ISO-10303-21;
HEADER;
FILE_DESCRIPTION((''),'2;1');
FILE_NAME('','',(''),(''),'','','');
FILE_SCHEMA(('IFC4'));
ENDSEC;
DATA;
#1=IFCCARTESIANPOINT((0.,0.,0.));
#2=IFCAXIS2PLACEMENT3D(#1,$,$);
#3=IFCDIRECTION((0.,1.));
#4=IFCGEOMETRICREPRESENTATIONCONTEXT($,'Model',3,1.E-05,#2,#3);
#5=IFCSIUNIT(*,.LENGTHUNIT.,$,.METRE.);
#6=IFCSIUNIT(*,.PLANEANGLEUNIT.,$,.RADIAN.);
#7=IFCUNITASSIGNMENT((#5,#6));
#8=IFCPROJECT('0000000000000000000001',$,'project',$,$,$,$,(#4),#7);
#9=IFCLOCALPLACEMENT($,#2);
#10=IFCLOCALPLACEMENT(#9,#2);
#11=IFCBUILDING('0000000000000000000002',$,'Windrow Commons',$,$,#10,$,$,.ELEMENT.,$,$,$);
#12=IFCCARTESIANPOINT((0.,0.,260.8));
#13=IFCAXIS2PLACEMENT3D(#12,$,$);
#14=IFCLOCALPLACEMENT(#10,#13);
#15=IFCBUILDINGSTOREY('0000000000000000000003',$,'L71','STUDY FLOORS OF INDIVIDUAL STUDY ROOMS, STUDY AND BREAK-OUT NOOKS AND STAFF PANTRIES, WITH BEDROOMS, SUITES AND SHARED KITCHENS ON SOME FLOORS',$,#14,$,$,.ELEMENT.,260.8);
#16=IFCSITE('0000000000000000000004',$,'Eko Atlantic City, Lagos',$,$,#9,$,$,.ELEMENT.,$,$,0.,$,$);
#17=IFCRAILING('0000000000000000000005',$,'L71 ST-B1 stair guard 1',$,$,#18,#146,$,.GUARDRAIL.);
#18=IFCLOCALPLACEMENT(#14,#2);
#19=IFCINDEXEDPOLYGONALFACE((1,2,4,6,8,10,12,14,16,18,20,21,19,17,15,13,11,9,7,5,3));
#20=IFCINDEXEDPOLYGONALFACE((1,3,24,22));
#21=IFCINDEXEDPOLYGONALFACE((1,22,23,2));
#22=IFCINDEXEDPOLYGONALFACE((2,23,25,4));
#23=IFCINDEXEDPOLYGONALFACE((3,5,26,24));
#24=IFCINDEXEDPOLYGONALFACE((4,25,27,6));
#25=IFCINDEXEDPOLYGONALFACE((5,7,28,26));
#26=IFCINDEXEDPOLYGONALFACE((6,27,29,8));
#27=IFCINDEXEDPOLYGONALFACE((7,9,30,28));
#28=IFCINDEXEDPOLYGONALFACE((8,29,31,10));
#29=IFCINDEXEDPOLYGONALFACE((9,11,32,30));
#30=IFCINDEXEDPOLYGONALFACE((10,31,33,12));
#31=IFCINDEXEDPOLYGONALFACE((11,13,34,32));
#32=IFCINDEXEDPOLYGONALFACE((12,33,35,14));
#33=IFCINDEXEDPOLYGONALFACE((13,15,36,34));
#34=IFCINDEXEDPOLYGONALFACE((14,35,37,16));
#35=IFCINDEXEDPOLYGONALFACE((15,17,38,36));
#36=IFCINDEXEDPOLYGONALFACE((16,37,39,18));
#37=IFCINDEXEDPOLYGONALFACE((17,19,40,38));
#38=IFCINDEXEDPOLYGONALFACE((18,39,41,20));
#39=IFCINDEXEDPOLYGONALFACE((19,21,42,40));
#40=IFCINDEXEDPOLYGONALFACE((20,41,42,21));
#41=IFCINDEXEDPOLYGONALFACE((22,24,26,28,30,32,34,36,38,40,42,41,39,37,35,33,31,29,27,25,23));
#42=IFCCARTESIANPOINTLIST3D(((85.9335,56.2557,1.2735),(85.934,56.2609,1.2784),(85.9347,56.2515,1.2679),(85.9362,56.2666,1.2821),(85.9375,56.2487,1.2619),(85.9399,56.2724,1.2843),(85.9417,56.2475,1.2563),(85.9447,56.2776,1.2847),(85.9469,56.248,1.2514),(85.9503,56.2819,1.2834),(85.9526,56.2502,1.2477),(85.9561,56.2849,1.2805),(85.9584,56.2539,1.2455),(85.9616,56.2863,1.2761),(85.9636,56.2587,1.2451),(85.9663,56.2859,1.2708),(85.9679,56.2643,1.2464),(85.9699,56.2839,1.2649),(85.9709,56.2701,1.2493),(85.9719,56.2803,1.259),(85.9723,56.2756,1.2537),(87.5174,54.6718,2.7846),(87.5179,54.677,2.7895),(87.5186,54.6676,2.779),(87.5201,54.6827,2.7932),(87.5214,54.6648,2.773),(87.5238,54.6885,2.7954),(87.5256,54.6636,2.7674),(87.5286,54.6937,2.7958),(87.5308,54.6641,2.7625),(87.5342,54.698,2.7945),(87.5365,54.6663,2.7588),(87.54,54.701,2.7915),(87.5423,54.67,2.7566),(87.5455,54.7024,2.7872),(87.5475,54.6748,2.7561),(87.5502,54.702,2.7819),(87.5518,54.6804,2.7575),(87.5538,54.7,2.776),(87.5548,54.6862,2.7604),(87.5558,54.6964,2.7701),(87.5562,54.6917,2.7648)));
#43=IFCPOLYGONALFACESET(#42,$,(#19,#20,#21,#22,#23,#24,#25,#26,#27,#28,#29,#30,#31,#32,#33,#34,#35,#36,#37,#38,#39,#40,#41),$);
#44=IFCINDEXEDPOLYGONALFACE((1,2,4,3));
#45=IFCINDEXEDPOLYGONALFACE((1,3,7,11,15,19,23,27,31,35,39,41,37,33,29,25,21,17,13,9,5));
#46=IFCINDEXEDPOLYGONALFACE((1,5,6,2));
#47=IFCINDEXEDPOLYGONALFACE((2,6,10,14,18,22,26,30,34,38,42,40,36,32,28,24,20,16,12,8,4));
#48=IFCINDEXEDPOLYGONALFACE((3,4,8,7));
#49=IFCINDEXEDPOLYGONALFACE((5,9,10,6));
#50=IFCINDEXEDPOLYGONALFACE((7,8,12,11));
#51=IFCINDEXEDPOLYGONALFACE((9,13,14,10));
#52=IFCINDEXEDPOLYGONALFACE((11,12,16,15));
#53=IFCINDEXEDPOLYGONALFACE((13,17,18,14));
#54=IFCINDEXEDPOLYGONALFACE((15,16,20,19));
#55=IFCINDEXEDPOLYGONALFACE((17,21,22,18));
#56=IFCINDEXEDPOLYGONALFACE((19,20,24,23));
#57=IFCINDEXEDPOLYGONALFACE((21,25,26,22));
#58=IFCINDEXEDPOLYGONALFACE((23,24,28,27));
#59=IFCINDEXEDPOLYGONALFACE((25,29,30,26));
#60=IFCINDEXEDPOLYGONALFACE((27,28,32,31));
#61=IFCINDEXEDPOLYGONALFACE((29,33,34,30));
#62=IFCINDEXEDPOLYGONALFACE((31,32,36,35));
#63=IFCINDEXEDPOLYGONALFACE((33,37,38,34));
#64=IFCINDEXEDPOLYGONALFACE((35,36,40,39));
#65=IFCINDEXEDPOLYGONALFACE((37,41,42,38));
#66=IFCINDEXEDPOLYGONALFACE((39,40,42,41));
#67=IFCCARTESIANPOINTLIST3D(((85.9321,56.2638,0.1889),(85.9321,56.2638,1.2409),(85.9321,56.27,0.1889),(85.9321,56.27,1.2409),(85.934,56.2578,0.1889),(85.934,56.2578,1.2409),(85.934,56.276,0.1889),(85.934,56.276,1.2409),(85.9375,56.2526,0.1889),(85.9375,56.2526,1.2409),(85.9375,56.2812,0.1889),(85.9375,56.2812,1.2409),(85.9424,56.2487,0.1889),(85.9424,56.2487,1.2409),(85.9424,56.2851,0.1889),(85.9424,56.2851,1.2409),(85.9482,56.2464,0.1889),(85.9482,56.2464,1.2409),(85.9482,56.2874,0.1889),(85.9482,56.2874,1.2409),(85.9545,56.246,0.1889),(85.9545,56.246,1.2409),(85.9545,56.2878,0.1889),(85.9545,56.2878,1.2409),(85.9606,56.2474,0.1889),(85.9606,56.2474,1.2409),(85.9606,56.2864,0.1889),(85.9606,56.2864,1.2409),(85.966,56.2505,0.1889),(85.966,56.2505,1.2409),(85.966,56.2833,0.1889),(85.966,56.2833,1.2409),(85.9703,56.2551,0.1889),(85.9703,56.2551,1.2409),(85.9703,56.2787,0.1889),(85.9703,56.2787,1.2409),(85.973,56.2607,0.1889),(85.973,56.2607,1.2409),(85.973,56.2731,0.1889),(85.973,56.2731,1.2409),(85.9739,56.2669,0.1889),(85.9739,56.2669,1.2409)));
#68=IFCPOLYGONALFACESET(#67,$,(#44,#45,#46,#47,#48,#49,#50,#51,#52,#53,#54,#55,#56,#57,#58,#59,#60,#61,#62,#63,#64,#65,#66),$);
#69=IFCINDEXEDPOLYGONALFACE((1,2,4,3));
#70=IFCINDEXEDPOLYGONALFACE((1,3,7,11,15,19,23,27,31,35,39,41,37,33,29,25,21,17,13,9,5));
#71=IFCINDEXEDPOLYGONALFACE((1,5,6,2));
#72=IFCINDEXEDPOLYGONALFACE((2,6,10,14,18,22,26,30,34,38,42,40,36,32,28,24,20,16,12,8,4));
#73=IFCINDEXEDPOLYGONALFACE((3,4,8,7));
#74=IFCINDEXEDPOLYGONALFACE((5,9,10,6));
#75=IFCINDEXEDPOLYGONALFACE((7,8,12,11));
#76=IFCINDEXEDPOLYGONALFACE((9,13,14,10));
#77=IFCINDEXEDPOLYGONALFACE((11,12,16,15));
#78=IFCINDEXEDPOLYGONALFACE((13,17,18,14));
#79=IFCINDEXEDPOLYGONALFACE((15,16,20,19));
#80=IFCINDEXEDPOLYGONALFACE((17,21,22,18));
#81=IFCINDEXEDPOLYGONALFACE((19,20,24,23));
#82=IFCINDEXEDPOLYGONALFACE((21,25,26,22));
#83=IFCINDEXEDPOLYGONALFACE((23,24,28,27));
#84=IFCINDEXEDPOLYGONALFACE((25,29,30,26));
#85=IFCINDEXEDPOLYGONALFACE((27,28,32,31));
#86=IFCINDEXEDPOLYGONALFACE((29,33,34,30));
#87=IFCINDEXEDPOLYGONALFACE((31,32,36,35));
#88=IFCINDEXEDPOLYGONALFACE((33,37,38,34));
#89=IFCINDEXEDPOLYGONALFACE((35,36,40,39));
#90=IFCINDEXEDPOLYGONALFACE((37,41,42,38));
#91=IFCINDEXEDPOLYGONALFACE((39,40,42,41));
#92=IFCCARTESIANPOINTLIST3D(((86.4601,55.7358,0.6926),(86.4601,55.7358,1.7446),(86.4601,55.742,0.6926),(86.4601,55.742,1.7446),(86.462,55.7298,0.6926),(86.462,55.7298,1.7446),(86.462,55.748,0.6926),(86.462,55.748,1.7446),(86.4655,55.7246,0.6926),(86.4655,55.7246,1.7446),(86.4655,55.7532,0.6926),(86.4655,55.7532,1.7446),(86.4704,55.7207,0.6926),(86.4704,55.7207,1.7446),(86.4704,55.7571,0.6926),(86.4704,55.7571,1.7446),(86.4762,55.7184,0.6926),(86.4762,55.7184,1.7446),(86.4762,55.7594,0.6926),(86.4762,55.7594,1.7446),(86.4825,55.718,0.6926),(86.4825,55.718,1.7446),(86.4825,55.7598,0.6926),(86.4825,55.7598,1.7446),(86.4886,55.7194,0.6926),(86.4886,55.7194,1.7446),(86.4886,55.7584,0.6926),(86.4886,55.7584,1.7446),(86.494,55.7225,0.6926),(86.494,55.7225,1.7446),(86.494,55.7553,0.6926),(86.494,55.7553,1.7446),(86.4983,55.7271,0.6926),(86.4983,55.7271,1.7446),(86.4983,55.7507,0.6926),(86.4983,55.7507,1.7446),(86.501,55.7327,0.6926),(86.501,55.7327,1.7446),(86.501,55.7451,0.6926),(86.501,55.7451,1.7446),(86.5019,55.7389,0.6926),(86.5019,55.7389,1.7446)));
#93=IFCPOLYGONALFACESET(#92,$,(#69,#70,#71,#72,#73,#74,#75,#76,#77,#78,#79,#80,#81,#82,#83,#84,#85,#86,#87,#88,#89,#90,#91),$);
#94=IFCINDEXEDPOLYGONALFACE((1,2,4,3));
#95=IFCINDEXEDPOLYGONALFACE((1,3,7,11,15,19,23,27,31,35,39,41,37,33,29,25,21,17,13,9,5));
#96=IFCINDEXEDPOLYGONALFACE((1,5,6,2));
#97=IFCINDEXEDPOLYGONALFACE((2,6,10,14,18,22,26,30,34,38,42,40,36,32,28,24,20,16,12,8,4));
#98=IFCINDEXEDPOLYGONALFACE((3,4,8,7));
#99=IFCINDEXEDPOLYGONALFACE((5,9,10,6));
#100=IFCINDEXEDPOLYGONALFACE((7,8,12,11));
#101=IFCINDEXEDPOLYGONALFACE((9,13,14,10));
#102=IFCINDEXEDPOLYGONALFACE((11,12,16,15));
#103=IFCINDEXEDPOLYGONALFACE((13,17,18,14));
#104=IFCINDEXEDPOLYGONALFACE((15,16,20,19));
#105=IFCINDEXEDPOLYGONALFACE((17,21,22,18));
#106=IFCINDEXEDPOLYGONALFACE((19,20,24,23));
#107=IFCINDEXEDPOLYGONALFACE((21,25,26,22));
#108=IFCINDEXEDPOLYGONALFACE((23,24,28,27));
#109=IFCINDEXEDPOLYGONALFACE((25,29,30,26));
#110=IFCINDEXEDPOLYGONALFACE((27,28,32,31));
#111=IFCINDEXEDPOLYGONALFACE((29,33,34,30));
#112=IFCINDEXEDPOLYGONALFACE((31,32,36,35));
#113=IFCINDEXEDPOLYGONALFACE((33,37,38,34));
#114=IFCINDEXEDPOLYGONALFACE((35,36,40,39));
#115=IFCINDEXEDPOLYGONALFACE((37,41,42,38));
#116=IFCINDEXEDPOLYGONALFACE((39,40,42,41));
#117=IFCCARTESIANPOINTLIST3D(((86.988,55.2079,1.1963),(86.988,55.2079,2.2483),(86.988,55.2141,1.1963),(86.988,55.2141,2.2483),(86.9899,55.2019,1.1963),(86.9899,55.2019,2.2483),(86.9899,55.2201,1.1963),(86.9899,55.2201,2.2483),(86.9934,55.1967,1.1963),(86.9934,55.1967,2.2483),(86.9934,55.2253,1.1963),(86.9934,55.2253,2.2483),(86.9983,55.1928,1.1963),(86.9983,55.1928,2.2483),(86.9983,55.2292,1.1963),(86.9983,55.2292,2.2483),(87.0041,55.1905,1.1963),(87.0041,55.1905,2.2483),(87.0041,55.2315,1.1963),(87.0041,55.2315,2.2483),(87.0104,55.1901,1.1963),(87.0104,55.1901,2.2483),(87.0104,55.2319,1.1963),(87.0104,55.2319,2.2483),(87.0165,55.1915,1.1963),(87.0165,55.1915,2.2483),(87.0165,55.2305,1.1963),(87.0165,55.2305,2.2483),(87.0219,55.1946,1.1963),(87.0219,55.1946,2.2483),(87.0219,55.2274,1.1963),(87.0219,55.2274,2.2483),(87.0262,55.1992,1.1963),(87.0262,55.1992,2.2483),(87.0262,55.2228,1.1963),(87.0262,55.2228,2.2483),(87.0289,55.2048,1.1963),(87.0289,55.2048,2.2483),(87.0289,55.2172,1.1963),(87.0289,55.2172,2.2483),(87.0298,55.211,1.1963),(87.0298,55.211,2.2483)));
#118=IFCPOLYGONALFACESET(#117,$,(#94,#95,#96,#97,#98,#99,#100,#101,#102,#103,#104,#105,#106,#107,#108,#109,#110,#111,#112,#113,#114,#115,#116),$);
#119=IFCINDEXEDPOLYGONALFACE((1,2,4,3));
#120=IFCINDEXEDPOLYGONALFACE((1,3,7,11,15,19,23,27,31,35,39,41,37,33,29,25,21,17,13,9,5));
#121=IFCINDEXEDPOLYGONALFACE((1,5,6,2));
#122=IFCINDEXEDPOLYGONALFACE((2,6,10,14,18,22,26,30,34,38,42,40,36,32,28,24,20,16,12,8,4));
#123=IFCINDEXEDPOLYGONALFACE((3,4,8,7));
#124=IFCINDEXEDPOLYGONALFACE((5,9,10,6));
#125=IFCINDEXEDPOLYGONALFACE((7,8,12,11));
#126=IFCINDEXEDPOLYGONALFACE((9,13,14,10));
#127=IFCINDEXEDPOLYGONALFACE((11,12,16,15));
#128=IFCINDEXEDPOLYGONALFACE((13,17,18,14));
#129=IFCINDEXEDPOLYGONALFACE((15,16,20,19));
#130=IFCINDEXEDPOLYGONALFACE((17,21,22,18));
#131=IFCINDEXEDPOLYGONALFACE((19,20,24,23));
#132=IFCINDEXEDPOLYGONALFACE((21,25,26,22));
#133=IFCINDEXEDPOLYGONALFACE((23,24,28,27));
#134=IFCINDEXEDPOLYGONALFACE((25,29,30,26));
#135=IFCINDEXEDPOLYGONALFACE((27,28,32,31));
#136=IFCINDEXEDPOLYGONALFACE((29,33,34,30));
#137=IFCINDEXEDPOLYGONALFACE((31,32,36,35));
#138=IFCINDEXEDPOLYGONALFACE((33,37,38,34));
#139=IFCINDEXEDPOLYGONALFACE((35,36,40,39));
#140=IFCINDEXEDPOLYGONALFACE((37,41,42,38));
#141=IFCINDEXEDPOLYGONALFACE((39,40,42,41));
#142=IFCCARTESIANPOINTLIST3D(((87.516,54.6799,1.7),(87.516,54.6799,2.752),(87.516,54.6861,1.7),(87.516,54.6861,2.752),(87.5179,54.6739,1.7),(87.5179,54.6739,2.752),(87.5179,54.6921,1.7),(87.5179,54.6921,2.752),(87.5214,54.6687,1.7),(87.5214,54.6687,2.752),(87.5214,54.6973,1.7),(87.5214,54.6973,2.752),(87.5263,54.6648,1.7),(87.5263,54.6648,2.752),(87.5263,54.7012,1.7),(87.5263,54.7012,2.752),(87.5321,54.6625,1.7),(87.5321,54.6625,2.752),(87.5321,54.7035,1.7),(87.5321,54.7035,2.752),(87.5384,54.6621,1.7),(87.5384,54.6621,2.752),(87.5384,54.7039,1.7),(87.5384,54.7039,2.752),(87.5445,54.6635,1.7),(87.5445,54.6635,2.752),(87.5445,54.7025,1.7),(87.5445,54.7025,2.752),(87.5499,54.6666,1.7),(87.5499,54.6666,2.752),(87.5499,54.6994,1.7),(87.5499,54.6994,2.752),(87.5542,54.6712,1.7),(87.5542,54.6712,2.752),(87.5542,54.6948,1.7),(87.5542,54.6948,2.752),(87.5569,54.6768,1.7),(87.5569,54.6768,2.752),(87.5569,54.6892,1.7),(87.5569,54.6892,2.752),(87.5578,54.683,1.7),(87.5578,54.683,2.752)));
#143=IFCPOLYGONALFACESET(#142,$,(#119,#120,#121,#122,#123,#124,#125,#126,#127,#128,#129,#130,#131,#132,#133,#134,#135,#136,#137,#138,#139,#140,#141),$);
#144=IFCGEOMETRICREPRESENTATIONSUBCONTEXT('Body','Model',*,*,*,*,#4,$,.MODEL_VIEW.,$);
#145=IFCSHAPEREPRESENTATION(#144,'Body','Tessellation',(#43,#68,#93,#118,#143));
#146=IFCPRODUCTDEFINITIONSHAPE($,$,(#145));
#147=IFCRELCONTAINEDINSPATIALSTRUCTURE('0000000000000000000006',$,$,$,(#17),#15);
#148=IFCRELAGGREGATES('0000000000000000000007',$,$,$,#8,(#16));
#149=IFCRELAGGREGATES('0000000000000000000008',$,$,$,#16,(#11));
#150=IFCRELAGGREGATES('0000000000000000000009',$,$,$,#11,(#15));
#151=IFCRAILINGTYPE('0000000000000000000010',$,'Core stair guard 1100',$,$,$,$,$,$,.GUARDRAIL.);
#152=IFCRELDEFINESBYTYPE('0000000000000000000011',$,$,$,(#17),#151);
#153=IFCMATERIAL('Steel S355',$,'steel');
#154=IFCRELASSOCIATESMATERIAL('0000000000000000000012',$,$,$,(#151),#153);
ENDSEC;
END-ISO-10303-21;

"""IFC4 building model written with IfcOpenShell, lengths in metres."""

from ifc_helpers import new_model, si_unit, direction, frame, origin, origin_2d, place, context, subcontext, project, spatial, circle, extrude, material, type_object, element, save


model = new_model("IFC4")

# Units and contexts
model_context = context("Model", 3, precision=1e-05, world=origin(), true_north=direction((0.0, 1.0)))
body_context = subcontext(model_context, "Body", "Model", "MODEL_VIEW")
ifc_project = project(units=[si_unit("LENGTHUNIT", "METRE"), si_unit("PLANEANGLEUNIT", "RADIAN")], contexts=[model_context])

# Site, building, storey
site_placement = place(None, origin())
site = spatial("IfcSite", under=ifc_project, at=site_placement, Name="Eko Atlantic City, Lagos", CompositionType="ELEMENT", RefElevation=0.0)
building_placement = place(site_placement, origin())
building = spatial("IfcBuilding", under=site, at=building_placement, Name="Windrow Commons", CompositionType="ELEMENT")
storey_placement = place(building_placement, frame((0.0, 0.0, 260.8)))
storey = spatial("IfcBuildingStorey", under=building, at=storey_placement, Name="L71", Description="STUDY FLOORS OF INDIVIDUAL STUDY ROOMS, STUDY AND BREAK-OUT NOOKS AND STAFF PANTRIES, WITH BEDROOMS, SUITES AND SHARED KITCHENS ON SOME FLOORS", CompositionType="ELEMENT", Elevation=260.8)

# Railing
ifc_material_1 = material(Name="Steel S355", Category="steel")
railing_type_1 = type_object("IfcRailingType", Name="Core stair guard 1100", PredefinedType="GUARDRAIL", material=ifc_material_1)
railing_1_placement = place(storey_placement, frame((85.9529, 56.2669, 0.1889)))
element("IfcRailing", 1, at=railing_1_placement, inside=storey, type_object=railing_type_1, Name="L71 ST-B1 stair guard 1", PredefinedType="GUARDRAIL", context=body_context, shape_type="SweptSolid", body=[
    extrude(circle(Radius=0.024, at=origin_2d()), frame((0.0, 0.0, 1.076), z_axis=(0.586191, -0.586191, 0.559249), x_axis=(0.707107, 0.707107, 0.0)), (0.0, 0.0, 1.0), 2.702),
    extrude(circle(Radius=0.021, at=origin_2d()), origin(), (0.0, 0.0, 1.0), 1.052),
    extrude(circle(Radius=0.021, at=origin_2d()), frame((0.528, -0.528, 0.5037)), (0.0, 0.0, 1.0), 1.052),
    extrude(circle(Radius=0.021, at=origin_2d()), frame((1.0559, -1.0559, 1.0074)), (0.0, 0.0, 1.0), 1.052),
    extrude(circle(Radius=0.021, at=origin_2d()), frame((1.5839, -1.5839, 1.5111)), (0.0, 0.0, 1.0), 1.052),
])

save(model, "model.ifc")
